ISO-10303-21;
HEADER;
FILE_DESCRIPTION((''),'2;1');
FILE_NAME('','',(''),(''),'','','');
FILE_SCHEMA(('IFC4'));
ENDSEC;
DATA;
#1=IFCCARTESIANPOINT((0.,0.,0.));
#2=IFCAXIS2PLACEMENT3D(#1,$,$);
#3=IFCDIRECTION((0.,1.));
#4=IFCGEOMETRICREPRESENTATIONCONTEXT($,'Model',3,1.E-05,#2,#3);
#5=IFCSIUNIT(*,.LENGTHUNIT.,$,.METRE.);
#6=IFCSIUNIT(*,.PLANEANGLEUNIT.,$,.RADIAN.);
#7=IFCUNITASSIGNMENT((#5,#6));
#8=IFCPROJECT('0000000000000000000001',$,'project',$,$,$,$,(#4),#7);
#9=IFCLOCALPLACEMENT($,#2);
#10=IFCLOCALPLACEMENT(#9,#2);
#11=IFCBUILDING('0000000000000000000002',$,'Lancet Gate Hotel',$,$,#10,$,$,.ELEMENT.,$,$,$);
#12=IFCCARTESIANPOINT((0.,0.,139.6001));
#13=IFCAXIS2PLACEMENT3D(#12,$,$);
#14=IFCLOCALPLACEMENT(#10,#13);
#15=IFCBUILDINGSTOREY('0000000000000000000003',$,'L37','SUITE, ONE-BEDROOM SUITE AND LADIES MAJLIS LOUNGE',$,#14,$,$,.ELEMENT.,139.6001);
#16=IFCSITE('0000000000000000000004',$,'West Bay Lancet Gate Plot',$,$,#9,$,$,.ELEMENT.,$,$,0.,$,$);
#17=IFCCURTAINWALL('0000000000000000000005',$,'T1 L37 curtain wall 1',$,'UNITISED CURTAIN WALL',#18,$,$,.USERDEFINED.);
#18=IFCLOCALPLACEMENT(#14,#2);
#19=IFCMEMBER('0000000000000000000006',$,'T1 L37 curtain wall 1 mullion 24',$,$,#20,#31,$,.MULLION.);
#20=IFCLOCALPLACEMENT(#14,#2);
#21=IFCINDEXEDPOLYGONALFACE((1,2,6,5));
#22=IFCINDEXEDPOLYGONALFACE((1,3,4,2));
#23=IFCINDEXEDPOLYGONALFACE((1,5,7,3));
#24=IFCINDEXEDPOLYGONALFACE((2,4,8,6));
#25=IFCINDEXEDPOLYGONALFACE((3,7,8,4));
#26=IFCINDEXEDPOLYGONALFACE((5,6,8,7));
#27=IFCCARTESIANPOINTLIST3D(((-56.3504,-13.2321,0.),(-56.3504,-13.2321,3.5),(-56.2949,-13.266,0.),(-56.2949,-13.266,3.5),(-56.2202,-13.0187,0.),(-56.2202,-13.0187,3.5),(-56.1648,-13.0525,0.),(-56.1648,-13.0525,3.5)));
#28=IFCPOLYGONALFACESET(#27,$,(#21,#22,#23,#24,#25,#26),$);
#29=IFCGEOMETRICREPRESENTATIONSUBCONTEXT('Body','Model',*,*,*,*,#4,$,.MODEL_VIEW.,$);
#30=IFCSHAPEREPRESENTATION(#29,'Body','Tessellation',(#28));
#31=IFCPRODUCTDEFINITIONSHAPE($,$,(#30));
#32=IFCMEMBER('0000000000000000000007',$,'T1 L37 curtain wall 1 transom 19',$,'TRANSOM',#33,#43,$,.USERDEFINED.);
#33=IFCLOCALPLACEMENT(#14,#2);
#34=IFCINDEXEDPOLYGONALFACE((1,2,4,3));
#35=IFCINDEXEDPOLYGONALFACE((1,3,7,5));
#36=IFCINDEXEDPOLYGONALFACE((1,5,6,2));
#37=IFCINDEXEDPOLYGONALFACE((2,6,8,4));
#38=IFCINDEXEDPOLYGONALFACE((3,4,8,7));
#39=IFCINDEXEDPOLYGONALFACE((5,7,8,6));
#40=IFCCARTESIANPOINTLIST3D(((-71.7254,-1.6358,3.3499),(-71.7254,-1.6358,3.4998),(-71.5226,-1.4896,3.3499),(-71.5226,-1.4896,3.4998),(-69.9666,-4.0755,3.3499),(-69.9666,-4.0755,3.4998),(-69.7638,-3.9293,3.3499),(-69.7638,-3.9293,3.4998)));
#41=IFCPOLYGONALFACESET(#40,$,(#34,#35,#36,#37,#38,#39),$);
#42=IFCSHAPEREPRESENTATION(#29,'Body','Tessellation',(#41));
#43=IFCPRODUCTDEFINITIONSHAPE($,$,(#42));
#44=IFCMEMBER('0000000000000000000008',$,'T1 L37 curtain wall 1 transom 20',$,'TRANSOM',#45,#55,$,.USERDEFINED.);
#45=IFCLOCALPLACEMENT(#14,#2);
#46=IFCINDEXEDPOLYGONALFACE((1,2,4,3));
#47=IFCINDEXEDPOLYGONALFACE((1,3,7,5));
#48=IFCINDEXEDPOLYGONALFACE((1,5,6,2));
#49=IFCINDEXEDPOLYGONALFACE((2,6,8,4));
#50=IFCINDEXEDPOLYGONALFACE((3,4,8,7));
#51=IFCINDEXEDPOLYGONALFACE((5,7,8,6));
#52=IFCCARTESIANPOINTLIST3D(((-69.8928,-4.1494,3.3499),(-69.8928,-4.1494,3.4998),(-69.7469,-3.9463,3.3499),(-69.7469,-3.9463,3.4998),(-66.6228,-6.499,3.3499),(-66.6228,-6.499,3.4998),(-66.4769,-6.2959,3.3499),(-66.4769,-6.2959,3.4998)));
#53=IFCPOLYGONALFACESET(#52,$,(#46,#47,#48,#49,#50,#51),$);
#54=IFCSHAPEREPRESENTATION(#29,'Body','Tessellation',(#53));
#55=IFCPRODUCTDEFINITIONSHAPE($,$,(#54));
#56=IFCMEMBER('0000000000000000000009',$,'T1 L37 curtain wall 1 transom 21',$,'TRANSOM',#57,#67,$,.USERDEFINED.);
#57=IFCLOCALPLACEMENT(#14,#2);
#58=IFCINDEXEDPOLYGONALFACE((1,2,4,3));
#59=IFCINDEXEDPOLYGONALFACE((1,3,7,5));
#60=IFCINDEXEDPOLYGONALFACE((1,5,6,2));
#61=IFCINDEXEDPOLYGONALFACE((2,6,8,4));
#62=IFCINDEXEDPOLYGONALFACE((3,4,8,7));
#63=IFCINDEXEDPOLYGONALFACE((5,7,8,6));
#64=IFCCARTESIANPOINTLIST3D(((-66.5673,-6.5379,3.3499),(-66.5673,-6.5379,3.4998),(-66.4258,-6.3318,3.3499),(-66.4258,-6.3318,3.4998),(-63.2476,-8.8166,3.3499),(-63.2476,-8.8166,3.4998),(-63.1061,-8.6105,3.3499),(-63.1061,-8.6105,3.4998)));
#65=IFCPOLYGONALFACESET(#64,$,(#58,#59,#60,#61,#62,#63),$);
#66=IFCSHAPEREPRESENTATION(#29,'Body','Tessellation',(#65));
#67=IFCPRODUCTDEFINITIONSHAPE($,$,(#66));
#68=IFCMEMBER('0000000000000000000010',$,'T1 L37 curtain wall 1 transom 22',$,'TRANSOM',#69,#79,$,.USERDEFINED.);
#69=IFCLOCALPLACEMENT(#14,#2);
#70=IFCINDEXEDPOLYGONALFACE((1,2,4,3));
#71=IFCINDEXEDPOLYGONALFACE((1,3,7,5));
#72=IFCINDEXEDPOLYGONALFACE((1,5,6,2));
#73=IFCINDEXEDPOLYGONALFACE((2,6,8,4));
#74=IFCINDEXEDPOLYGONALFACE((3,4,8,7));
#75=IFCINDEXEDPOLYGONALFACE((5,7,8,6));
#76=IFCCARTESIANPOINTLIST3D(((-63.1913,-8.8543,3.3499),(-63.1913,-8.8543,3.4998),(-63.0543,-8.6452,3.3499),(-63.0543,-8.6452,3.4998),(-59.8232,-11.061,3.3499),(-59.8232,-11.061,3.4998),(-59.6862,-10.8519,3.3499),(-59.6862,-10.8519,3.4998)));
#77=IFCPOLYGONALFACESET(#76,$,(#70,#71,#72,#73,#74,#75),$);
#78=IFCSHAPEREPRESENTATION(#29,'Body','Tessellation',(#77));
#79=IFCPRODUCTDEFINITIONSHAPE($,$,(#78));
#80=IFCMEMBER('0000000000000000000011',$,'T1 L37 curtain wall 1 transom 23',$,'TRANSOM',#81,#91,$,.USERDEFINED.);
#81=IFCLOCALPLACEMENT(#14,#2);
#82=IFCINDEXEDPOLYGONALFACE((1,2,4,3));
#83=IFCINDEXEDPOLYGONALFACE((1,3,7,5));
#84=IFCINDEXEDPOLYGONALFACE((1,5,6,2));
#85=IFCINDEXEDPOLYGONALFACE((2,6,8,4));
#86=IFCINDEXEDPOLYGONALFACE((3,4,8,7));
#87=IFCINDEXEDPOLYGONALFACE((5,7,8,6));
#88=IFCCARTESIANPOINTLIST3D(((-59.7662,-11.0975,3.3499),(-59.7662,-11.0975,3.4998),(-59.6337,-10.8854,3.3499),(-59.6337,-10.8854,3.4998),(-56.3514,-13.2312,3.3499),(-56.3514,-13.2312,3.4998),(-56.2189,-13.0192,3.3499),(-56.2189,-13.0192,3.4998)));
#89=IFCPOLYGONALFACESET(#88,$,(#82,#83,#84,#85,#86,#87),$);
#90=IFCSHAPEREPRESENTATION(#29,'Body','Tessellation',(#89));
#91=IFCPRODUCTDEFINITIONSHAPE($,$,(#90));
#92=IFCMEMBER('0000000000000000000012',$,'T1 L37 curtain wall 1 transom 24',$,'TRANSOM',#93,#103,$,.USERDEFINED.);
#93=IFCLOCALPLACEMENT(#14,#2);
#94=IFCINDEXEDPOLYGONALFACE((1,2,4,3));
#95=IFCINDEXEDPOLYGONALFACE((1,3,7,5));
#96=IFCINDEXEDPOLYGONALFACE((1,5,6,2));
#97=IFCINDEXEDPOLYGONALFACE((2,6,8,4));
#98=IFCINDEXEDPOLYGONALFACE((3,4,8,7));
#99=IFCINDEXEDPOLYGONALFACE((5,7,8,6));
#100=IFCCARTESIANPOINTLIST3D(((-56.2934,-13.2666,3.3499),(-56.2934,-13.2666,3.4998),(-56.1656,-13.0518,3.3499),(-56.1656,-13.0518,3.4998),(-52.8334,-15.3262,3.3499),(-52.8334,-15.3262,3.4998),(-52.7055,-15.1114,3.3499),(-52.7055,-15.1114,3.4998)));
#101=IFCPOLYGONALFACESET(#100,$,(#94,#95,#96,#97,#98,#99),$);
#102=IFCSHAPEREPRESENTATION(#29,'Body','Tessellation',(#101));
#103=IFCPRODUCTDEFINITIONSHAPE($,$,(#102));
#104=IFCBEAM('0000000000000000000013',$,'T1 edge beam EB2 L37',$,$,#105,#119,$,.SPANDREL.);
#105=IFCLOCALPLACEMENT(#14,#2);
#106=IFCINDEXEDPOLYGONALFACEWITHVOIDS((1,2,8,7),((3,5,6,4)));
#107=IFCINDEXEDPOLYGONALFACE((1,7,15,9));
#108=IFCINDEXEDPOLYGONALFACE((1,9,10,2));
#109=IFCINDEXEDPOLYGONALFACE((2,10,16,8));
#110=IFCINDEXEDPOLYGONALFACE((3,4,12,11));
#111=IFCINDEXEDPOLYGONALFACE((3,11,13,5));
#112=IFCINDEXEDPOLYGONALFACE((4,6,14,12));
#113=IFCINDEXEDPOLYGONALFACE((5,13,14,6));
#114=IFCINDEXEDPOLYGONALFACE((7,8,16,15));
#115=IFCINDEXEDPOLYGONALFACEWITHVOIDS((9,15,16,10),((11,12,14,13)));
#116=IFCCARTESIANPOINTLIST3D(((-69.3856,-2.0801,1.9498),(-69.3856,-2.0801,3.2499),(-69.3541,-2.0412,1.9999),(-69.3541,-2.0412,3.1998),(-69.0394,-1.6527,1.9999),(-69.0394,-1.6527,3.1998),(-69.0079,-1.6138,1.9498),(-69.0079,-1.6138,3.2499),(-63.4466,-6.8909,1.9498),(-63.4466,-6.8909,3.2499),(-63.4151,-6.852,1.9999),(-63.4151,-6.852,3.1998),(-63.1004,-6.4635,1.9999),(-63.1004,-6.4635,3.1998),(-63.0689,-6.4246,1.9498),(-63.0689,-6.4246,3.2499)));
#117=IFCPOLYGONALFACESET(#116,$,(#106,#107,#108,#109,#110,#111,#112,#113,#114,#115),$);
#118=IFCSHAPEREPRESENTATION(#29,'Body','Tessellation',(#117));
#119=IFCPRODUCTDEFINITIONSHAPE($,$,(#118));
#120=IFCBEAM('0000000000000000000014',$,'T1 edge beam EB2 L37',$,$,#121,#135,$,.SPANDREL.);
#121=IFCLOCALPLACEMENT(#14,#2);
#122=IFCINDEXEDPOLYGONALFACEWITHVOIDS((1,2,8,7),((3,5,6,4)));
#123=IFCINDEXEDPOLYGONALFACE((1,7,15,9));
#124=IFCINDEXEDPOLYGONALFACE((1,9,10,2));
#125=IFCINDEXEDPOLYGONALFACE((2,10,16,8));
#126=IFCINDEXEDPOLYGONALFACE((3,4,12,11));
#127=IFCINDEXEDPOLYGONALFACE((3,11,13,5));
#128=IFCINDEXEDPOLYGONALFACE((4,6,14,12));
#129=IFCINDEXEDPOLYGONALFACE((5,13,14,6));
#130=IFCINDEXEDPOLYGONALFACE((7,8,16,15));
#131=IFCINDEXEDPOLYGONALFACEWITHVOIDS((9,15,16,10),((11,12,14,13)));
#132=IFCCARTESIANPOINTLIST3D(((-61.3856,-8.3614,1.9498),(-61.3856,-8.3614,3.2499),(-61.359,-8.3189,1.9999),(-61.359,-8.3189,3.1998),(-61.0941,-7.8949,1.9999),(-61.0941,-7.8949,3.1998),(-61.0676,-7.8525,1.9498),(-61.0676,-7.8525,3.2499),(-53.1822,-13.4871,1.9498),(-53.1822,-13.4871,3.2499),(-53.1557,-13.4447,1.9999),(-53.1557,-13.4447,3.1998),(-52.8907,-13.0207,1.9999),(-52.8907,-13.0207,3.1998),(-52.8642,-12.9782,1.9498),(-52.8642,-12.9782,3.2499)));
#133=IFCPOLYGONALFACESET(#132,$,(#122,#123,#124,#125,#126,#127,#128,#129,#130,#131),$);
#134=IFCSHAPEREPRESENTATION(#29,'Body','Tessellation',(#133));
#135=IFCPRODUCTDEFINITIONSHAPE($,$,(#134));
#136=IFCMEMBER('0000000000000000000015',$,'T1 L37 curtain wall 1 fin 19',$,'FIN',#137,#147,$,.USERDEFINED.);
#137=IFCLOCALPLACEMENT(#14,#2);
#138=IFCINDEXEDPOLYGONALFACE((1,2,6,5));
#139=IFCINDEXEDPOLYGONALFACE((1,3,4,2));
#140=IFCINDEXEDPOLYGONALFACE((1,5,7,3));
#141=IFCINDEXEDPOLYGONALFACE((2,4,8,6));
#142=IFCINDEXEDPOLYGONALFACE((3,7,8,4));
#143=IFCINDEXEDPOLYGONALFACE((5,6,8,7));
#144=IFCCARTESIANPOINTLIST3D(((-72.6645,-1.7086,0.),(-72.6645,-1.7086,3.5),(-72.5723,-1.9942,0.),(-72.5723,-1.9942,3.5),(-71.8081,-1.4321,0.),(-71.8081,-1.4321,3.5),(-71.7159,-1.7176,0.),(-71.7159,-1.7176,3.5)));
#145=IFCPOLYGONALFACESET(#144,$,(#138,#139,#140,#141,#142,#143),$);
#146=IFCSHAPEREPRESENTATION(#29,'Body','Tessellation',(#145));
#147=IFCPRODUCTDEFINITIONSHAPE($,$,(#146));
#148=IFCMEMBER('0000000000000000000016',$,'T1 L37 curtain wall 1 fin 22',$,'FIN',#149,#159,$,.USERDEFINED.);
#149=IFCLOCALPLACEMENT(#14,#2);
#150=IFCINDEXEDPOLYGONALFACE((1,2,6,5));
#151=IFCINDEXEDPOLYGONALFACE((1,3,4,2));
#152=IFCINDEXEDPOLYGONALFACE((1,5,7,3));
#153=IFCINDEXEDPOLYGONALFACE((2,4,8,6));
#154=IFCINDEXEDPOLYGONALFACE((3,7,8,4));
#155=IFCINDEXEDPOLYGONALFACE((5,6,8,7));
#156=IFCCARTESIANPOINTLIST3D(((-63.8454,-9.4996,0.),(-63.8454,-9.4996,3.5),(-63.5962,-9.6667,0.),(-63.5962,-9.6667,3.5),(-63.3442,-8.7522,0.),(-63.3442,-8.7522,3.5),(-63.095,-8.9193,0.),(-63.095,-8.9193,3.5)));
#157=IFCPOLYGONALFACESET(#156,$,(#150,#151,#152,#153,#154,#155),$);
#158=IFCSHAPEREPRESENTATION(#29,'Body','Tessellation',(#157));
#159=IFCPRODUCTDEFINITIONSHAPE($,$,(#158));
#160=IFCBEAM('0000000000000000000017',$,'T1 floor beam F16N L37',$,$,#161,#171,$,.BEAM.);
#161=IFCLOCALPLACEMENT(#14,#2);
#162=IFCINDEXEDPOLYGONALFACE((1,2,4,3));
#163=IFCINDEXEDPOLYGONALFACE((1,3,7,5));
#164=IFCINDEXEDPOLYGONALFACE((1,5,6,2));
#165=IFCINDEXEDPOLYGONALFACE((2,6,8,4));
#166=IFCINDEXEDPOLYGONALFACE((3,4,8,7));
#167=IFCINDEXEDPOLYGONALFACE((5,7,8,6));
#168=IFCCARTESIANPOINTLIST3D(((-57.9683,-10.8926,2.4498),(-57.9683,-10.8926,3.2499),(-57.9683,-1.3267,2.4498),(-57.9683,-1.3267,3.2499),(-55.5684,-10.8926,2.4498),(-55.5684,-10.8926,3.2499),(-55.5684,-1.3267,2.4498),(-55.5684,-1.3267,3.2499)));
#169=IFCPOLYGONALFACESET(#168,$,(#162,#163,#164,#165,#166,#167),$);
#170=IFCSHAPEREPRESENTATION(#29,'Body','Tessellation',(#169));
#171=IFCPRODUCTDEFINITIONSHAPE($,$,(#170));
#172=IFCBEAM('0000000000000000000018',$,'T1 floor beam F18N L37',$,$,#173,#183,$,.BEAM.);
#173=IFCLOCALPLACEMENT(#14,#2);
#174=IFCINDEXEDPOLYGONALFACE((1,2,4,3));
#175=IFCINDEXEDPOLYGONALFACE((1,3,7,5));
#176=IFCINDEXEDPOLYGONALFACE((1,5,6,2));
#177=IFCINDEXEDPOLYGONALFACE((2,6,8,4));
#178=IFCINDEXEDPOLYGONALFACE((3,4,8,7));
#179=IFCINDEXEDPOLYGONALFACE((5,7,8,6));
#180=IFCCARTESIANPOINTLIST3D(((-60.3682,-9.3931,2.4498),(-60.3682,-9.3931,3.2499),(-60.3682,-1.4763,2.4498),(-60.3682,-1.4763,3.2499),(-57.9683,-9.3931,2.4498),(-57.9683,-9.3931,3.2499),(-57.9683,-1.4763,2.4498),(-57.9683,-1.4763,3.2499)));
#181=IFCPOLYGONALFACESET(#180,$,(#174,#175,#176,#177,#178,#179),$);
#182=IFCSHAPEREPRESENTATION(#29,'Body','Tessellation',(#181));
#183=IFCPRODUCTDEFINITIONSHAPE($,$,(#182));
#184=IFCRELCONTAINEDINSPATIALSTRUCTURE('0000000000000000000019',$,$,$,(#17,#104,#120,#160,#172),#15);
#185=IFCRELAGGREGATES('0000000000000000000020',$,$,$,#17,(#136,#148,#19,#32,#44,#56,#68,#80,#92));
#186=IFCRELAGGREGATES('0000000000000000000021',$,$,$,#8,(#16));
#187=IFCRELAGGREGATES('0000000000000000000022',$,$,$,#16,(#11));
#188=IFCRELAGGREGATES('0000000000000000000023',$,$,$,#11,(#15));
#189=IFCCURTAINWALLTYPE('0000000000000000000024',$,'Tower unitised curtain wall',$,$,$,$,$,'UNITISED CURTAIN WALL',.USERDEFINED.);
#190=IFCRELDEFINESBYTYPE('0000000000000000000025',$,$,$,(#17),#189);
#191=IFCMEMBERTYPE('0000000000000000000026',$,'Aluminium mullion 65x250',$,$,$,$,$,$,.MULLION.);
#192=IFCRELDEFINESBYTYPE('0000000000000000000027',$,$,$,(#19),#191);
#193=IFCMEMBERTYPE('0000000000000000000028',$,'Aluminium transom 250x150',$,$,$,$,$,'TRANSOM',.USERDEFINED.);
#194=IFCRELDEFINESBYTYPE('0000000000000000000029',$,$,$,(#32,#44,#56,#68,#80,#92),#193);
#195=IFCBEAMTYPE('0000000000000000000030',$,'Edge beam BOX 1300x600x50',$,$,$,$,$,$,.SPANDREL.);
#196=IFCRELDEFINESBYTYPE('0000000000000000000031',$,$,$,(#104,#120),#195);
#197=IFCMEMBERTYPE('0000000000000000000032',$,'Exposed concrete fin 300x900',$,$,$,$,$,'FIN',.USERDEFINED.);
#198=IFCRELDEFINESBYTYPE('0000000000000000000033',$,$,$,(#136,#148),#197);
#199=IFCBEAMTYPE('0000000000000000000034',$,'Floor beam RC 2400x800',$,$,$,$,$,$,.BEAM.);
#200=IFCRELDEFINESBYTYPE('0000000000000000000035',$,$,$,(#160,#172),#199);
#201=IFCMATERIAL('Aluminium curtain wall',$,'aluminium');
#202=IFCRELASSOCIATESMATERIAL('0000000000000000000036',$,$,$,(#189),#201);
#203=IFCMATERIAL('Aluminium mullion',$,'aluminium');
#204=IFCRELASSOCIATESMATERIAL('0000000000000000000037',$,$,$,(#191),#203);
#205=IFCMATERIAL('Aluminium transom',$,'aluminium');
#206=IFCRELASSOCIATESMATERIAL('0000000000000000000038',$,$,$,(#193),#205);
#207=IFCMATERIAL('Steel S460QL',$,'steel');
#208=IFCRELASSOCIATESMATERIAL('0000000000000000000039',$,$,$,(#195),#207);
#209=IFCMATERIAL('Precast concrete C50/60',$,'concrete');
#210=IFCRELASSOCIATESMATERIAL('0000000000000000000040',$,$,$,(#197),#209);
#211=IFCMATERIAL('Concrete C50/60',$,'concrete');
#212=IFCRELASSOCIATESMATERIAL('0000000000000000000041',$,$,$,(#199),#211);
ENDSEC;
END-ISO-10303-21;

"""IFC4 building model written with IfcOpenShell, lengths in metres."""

from ifc_helpers import new_model, si_unit, direction, frame, origin, origin_2d, place, context, subcontext, project, spatial, rectangle, hollow_rectangle, extrude, material, material_profile, profile_set, type_object, element, aggregate, save


model = new_model("IFC4")

# Units and contexts
model_context = context("Model", 3, precision=1e-05, world=origin(), true_north=direction((0.0, 1.0)))
body_context = subcontext(model_context, "Body", "Model", "MODEL_VIEW")
ifc_project = project(units=[si_unit("LENGTHUNIT", "METRE"), si_unit("PLANEANGLEUNIT", "RADIAN")], contexts=[model_context])

# Site, building, storey
site_placement = place(None, origin())
site = spatial("IfcSite", under=ifc_project, at=site_placement, Name="West Bay Lancet Gate Plot", CompositionType="ELEMENT", RefElevation=0.0)
building_placement = place(site_placement, origin())
building = spatial("IfcBuilding", under=site, at=building_placement, Name="Lancet Gate Hotel", CompositionType="ELEMENT")
storey_placement = place(building_placement, frame((0.0, 0.0, 139.6001)))
storey = spatial("IfcBuildingStorey", under=building, at=storey_placement, Name="L37", Description="SUITE, ONE-BEDROOM SUITE AND LADIES MAJLIS LOUNGE", CompositionType="ELEMENT", Elevation=139.6001)

# Curtain wall, members
ifc_material_1 = material(Name="Aluminium curtain wall", Category="aluminium")
curtain_wall_type = type_object("IfcCurtainWallType", Name="Tower unitised curtain wall", ElementType="UNITISED CURTAIN WALL", PredefinedType="USERDEFINED", material=ifc_material_1)
curtain_wall_placement = place(storey_placement, origin())
curtain_wall = element("IfcCurtainWall", 1, at=curtain_wall_placement, inside=storey, type_object=curtain_wall_type, Name="T1 L37 curtain wall 1", ObjectType="UNITISED CURTAIN WALL", PredefinedType="USERDEFINED")
ifc_material_2 = material(Name="Aluminium mullion", Category="aluminium")
ifc_material_profile_1 = material_profile(ifc_material_2, rectangle(XDim=0.0649, YDim=0.25, at=origin_2d()), Name="MULLION 65x250")
ifc_profile_set_1 = profile_set([ifc_material_profile_1], Name="Aluminium mullion")
member_type_1 = type_object("IfcMemberType", Name="Aluminium mullion 65x250", PredefinedType="MULLION", material=ifc_profile_set_1)
member_1_placement = place(storey_placement, frame((-56.2576, -13.1423, 0.0), z_axis=(0.0, 0.0, 1.0), x_axis=(0.853716, -0.520739, 0.0)))
member_1 = element("IfcMember", 2, at=member_1_placement, type_object=member_type_1, Name="T1 L37 curtain wall 1 mullion 24", PredefinedType="MULLION", context=body_context, shape_type="SweptSolid", body=[
    extrude(rectangle(XDim=0.0649, YDim=0.25, at=origin_2d()), origin(), (0.0, 0.0, 1.0), 3.5),
])
ifc_material_3 = material(Name="Aluminium transom", Category="aluminium")
ifc_material_profile_2 = material_profile(ifc_material_3, rectangle(XDim=0.25, YDim=0.1499, at=origin_2d()), Name="TRANSOM 250x150")
ifc_profile_set_2 = profile_set([ifc_material_profile_2], Name="Aluminium transom")
member_type_2 = type_object("IfcMemberType", Name="Aluminium transom 250x150", ElementType="TRANSOM", PredefinedType="USERDEFINED", material=ifc_profile_set_2)
member_2_placement = place(storey_placement, frame((-71.624, -1.5627, 3.4248), z_axis=(0.584788, -0.811186, 0.0), x_axis=(0.811186, 0.584788, 0.0)))
member_2 = element("IfcMember", 3, at=member_2_placement, type_object=member_type_2, Name="T1 L37 curtain wall 1 transom 19", ObjectType="TRANSOM", PredefinedType="USERDEFINED", context=body_context, shape_type="SweptSolid", body=[
    extrude(rectangle(XDim=0.25, YDim=0.1499, at=origin_2d()), origin(), (0.0, 0.0, 1.0), 3.0076),
])
member_3_placement = place(storey_placement, frame((-69.8198, -4.0479, 3.4248), z_axis=(0.8121, -0.583519, 0.0), x_axis=(0.583519, 0.8121, 0.0)))
member_3 = element("IfcMember", 4, at=member_3_placement, type_object=member_type_2, Name="T1 L37 curtain wall 1 transom 20", ObjectType="TRANSOM", PredefinedType="USERDEFINED", context=body_context, shape_type="SweptSolid", body=[
    extrude(rectangle(XDim=0.25, YDim=0.1499, at=origin_2d()), origin(), (0.0, 0.0, 1.0), 4.0266),
])
member_4_placement = place(storey_placement, frame((-66.4966, -6.4348, 3.4248), z_axis=(0.824456, -0.565927, 0.0), x_axis=(0.565927, 0.824456, 0.0)))
member_4 = element("IfcMember", 5, at=member_4_placement, type_object=member_type_2, Name="T1 L37 curtain wall 1 transom 21", ObjectType="TRANSOM", PredefinedType="USERDEFINED", context=body_context, shape_type="SweptSolid", body=[
    extrude(rectangle(XDim=0.25, YDim=0.1499, at=origin_2d()), origin(), (0.0, 0.0, 1.0), 4.0266),
])
member_5_placement = place(storey_placement, frame((-63.1228, -8.7498, 3.4248), z_axis=(0.836454, -0.548036, 0.0), x_axis=(0.548036, 0.836454, 0.0)))
member_5 = element("IfcMember", 6, at=member_5_placement, type_object=member_type_2, Name="T1 L37 curtain wall 1 transom 22", ObjectType="TRANSOM", PredefinedType="USERDEFINED", context=body_context, shape_type="SweptSolid", body=[
    extrude(rectangle(XDim=0.25, YDim=0.1499, at=origin_2d()), origin(), (0.0, 0.0, 1.0), 4.0266),
])
member_6_placement = place(storey_placement, frame((-59.7, -10.9915, 3.4248), z_axis=(0.848049, -0.529917, 0.0), x_axis=(0.529917, 0.848049, 0.0)))
member_6 = element("IfcMember", 7, at=member_6_placement, type_object=member_type_2, Name="T1 L37 curtain wall 1 transom 23", ObjectType="TRANSOM", PredefinedType="USERDEFINED", context=body_context, shape_type="SweptSolid", body=[
    extrude(rectangle(XDim=0.25, YDim=0.1499, at=origin_2d()), origin(), (0.0, 0.0, 1.0), 4.0266),
])
member_7_placement = place(storey_placement, frame((-56.2295, -13.1592, 3.4248), z_axis=(0.859285, -0.511497, 0.0), x_axis=(0.511497, 0.859285, 0.0)))
member_7 = element("IfcMember", 8, at=member_7_placement, type_object=member_type_2, Name="T1 L37 curtain wall 1 transom 24", ObjectType="TRANSOM", PredefinedType="USERDEFINED", context=body_context, shape_type="SweptSolid", body=[
    extrude(rectangle(XDim=0.25, YDim=0.1499, at=origin_2d()), origin(), (0.0, 0.0, 1.0), 4.0266),
])

# Beams
ifc_material_4 = material(Name="Steel S460QL", Category="steel")
ifc_material_profile_3 = material_profile(ifc_material_4, hollow_rectangle(XDim=0.6001, YDim=1.3, WallThickness=0.05, at=origin_2d()), Name="BOX 1300x600x50")
ifc_profile_set_3 = profile_set([ifc_material_profile_3], Name="Steel S460QL")
beam_type_1 = type_object("IfcBeamType", Name="Edge beam BOX 1300x600x50", PredefinedType="SPANDREL", material=ifc_profile_set_3)
beam_1_placement = place(storey_placement, frame((-69.1968, -1.8469, 2.5999), z_axis=(0.777049, -0.62944, 0.0), x_axis=(0.62944, 0.777049, 0.0)))
element("IfcBeam", 9, at=beam_1_placement, inside=storey, type_object=beam_type_1, Name="T1 edge beam EB2 L37", PredefinedType="SPANDREL", context=body_context, shape_type="SweptSolid", body=[
    extrude(hollow_rectangle(XDim=0.6001, YDim=1.3, WallThickness=0.05, at=origin_2d()), origin(), (0.0, 0.0, 1.0), 7.6431),
])
beam_2_placement = place(storey_placement, frame((-61.2266, -8.1069, 2.5999), z_axis=(0.848062, -0.529897, 0.0), x_axis=(0.529897, 0.848062, 0.0)))
element("IfcBeam", 10, at=beam_2_placement, inside=storey, type_object=beam_type_1, Name="T1 edge beam EB2 L37", PredefinedType="SPANDREL", context=body_context, shape_type="SweptSolid", body=[
    extrude(hollow_rectangle(XDim=0.6001, YDim=1.3, WallThickness=0.05, at=origin_2d()), origin(), (0.0, 0.0, 1.0), 9.6731),
])

# Members
ifc_material_5 = material(Name="Precast concrete C50/60", Category="concrete")
ifc_material_profile_4 = material_profile(ifc_material_5, rectangle(XDim=0.3, YDim=0.8999, at=origin_2d()), Name="FIN 300x900")
ifc_profile_set_4 = profile_set([ifc_material_profile_4], Name="Precast concrete C50/60")
member_type_3 = type_object("IfcMemberType", Name="Exposed concrete fin 300x900", ElementType="FIN", PredefinedType="USERDEFINED", material=ifc_profile_set_4)
member_8_placement = place(storey_placement, frame((-72.1902, -1.7131, 0.0), z_axis=(0.0, 0.0, 1.0), x_axis=(0.307269, -0.951623, 0.0)))
member_8 = element("IfcMember", 11, at=member_8_placement, type_object=member_type_3, Name="T1 L37 curtain wall 1 fin 19", ObjectType="FIN", PredefinedType="USERDEFINED", context=body_context, shape_type="SweptSolid", body=[
    extrude(rectangle(XDim=0.3, YDim=0.8999, at=origin_2d()), origin(), (0.0, 0.0, 1.0), 3.5),
])
member_9_placement = place(storey_placement, frame((-63.4702, -9.2095, 0.0), z_axis=(0.0, 0.0, 1.0), x_axis=(0.83051, -0.557004, 0.0)))
member_9 = element("IfcMember", 12, at=member_9_placement, type_object=member_type_3, Name="T1 L37 curtain wall 1 fin 22", ObjectType="FIN", PredefinedType="USERDEFINED", context=body_context, shape_type="SweptSolid", body=[
    extrude(rectangle(XDim=0.3, YDim=0.8999, at=origin_2d()), origin(), (0.0, 0.0, 1.0), 3.5),
])

# Beams
ifc_material_6 = material(Name="Concrete C50/60", Category="concrete")
ifc_material_profile_5 = material_profile(ifc_material_6, rectangle(XDim=2.3999, YDim=0.8, at=origin_2d()), Name="RC 2400x800")
ifc_profile_set_5 = profile_set([ifc_material_profile_5], Name="Concrete C50/60")
beam_type_2 = type_object("IfcBeamType", Name="Floor beam RC 2400x800", PredefinedType="BEAM", material=ifc_profile_set_5)
beam_3_placement = place(storey_placement, frame((-56.7683, -1.3267, 2.8499), z_axis=(0.0, -1.0, 0.0), x_axis=(1.0, 0.0, 0.0)))
element("IfcBeam", 13, at=beam_3_placement, inside=storey, type_object=beam_type_2, Name="T1 floor beam F16N L37", PredefinedType="BEAM", context=body_context, shape_type="SweptSolid", body=[
    extrude(rectangle(XDim=2.3999, YDim=0.8, at=origin_2d()), origin(), (0.0, 0.0, 1.0), 9.5659),
])
beam_4_placement = place(storey_placement, frame((-59.1682, -1.4763, 2.8499), z_axis=(0.0, -1.0, 0.0), x_axis=(1.0, 0.0, 0.0)))
element("IfcBeam", 14, at=beam_4_placement, inside=storey, type_object=beam_type_2, Name="T1 floor beam F18N L37", PredefinedType="BEAM", context=body_context, shape_type="SweptSolid", body=[
    extrude(rectangle(XDim=2.3999, YDim=0.8, at=origin_2d()), origin(), (0.0, 0.0, 1.0), 7.9167),
])

aggregate(curtain_wall, [member_8, member_9, member_1, member_2, member_3, member_4, member_5, member_6, member_7])

save(model, "model.ifc")
